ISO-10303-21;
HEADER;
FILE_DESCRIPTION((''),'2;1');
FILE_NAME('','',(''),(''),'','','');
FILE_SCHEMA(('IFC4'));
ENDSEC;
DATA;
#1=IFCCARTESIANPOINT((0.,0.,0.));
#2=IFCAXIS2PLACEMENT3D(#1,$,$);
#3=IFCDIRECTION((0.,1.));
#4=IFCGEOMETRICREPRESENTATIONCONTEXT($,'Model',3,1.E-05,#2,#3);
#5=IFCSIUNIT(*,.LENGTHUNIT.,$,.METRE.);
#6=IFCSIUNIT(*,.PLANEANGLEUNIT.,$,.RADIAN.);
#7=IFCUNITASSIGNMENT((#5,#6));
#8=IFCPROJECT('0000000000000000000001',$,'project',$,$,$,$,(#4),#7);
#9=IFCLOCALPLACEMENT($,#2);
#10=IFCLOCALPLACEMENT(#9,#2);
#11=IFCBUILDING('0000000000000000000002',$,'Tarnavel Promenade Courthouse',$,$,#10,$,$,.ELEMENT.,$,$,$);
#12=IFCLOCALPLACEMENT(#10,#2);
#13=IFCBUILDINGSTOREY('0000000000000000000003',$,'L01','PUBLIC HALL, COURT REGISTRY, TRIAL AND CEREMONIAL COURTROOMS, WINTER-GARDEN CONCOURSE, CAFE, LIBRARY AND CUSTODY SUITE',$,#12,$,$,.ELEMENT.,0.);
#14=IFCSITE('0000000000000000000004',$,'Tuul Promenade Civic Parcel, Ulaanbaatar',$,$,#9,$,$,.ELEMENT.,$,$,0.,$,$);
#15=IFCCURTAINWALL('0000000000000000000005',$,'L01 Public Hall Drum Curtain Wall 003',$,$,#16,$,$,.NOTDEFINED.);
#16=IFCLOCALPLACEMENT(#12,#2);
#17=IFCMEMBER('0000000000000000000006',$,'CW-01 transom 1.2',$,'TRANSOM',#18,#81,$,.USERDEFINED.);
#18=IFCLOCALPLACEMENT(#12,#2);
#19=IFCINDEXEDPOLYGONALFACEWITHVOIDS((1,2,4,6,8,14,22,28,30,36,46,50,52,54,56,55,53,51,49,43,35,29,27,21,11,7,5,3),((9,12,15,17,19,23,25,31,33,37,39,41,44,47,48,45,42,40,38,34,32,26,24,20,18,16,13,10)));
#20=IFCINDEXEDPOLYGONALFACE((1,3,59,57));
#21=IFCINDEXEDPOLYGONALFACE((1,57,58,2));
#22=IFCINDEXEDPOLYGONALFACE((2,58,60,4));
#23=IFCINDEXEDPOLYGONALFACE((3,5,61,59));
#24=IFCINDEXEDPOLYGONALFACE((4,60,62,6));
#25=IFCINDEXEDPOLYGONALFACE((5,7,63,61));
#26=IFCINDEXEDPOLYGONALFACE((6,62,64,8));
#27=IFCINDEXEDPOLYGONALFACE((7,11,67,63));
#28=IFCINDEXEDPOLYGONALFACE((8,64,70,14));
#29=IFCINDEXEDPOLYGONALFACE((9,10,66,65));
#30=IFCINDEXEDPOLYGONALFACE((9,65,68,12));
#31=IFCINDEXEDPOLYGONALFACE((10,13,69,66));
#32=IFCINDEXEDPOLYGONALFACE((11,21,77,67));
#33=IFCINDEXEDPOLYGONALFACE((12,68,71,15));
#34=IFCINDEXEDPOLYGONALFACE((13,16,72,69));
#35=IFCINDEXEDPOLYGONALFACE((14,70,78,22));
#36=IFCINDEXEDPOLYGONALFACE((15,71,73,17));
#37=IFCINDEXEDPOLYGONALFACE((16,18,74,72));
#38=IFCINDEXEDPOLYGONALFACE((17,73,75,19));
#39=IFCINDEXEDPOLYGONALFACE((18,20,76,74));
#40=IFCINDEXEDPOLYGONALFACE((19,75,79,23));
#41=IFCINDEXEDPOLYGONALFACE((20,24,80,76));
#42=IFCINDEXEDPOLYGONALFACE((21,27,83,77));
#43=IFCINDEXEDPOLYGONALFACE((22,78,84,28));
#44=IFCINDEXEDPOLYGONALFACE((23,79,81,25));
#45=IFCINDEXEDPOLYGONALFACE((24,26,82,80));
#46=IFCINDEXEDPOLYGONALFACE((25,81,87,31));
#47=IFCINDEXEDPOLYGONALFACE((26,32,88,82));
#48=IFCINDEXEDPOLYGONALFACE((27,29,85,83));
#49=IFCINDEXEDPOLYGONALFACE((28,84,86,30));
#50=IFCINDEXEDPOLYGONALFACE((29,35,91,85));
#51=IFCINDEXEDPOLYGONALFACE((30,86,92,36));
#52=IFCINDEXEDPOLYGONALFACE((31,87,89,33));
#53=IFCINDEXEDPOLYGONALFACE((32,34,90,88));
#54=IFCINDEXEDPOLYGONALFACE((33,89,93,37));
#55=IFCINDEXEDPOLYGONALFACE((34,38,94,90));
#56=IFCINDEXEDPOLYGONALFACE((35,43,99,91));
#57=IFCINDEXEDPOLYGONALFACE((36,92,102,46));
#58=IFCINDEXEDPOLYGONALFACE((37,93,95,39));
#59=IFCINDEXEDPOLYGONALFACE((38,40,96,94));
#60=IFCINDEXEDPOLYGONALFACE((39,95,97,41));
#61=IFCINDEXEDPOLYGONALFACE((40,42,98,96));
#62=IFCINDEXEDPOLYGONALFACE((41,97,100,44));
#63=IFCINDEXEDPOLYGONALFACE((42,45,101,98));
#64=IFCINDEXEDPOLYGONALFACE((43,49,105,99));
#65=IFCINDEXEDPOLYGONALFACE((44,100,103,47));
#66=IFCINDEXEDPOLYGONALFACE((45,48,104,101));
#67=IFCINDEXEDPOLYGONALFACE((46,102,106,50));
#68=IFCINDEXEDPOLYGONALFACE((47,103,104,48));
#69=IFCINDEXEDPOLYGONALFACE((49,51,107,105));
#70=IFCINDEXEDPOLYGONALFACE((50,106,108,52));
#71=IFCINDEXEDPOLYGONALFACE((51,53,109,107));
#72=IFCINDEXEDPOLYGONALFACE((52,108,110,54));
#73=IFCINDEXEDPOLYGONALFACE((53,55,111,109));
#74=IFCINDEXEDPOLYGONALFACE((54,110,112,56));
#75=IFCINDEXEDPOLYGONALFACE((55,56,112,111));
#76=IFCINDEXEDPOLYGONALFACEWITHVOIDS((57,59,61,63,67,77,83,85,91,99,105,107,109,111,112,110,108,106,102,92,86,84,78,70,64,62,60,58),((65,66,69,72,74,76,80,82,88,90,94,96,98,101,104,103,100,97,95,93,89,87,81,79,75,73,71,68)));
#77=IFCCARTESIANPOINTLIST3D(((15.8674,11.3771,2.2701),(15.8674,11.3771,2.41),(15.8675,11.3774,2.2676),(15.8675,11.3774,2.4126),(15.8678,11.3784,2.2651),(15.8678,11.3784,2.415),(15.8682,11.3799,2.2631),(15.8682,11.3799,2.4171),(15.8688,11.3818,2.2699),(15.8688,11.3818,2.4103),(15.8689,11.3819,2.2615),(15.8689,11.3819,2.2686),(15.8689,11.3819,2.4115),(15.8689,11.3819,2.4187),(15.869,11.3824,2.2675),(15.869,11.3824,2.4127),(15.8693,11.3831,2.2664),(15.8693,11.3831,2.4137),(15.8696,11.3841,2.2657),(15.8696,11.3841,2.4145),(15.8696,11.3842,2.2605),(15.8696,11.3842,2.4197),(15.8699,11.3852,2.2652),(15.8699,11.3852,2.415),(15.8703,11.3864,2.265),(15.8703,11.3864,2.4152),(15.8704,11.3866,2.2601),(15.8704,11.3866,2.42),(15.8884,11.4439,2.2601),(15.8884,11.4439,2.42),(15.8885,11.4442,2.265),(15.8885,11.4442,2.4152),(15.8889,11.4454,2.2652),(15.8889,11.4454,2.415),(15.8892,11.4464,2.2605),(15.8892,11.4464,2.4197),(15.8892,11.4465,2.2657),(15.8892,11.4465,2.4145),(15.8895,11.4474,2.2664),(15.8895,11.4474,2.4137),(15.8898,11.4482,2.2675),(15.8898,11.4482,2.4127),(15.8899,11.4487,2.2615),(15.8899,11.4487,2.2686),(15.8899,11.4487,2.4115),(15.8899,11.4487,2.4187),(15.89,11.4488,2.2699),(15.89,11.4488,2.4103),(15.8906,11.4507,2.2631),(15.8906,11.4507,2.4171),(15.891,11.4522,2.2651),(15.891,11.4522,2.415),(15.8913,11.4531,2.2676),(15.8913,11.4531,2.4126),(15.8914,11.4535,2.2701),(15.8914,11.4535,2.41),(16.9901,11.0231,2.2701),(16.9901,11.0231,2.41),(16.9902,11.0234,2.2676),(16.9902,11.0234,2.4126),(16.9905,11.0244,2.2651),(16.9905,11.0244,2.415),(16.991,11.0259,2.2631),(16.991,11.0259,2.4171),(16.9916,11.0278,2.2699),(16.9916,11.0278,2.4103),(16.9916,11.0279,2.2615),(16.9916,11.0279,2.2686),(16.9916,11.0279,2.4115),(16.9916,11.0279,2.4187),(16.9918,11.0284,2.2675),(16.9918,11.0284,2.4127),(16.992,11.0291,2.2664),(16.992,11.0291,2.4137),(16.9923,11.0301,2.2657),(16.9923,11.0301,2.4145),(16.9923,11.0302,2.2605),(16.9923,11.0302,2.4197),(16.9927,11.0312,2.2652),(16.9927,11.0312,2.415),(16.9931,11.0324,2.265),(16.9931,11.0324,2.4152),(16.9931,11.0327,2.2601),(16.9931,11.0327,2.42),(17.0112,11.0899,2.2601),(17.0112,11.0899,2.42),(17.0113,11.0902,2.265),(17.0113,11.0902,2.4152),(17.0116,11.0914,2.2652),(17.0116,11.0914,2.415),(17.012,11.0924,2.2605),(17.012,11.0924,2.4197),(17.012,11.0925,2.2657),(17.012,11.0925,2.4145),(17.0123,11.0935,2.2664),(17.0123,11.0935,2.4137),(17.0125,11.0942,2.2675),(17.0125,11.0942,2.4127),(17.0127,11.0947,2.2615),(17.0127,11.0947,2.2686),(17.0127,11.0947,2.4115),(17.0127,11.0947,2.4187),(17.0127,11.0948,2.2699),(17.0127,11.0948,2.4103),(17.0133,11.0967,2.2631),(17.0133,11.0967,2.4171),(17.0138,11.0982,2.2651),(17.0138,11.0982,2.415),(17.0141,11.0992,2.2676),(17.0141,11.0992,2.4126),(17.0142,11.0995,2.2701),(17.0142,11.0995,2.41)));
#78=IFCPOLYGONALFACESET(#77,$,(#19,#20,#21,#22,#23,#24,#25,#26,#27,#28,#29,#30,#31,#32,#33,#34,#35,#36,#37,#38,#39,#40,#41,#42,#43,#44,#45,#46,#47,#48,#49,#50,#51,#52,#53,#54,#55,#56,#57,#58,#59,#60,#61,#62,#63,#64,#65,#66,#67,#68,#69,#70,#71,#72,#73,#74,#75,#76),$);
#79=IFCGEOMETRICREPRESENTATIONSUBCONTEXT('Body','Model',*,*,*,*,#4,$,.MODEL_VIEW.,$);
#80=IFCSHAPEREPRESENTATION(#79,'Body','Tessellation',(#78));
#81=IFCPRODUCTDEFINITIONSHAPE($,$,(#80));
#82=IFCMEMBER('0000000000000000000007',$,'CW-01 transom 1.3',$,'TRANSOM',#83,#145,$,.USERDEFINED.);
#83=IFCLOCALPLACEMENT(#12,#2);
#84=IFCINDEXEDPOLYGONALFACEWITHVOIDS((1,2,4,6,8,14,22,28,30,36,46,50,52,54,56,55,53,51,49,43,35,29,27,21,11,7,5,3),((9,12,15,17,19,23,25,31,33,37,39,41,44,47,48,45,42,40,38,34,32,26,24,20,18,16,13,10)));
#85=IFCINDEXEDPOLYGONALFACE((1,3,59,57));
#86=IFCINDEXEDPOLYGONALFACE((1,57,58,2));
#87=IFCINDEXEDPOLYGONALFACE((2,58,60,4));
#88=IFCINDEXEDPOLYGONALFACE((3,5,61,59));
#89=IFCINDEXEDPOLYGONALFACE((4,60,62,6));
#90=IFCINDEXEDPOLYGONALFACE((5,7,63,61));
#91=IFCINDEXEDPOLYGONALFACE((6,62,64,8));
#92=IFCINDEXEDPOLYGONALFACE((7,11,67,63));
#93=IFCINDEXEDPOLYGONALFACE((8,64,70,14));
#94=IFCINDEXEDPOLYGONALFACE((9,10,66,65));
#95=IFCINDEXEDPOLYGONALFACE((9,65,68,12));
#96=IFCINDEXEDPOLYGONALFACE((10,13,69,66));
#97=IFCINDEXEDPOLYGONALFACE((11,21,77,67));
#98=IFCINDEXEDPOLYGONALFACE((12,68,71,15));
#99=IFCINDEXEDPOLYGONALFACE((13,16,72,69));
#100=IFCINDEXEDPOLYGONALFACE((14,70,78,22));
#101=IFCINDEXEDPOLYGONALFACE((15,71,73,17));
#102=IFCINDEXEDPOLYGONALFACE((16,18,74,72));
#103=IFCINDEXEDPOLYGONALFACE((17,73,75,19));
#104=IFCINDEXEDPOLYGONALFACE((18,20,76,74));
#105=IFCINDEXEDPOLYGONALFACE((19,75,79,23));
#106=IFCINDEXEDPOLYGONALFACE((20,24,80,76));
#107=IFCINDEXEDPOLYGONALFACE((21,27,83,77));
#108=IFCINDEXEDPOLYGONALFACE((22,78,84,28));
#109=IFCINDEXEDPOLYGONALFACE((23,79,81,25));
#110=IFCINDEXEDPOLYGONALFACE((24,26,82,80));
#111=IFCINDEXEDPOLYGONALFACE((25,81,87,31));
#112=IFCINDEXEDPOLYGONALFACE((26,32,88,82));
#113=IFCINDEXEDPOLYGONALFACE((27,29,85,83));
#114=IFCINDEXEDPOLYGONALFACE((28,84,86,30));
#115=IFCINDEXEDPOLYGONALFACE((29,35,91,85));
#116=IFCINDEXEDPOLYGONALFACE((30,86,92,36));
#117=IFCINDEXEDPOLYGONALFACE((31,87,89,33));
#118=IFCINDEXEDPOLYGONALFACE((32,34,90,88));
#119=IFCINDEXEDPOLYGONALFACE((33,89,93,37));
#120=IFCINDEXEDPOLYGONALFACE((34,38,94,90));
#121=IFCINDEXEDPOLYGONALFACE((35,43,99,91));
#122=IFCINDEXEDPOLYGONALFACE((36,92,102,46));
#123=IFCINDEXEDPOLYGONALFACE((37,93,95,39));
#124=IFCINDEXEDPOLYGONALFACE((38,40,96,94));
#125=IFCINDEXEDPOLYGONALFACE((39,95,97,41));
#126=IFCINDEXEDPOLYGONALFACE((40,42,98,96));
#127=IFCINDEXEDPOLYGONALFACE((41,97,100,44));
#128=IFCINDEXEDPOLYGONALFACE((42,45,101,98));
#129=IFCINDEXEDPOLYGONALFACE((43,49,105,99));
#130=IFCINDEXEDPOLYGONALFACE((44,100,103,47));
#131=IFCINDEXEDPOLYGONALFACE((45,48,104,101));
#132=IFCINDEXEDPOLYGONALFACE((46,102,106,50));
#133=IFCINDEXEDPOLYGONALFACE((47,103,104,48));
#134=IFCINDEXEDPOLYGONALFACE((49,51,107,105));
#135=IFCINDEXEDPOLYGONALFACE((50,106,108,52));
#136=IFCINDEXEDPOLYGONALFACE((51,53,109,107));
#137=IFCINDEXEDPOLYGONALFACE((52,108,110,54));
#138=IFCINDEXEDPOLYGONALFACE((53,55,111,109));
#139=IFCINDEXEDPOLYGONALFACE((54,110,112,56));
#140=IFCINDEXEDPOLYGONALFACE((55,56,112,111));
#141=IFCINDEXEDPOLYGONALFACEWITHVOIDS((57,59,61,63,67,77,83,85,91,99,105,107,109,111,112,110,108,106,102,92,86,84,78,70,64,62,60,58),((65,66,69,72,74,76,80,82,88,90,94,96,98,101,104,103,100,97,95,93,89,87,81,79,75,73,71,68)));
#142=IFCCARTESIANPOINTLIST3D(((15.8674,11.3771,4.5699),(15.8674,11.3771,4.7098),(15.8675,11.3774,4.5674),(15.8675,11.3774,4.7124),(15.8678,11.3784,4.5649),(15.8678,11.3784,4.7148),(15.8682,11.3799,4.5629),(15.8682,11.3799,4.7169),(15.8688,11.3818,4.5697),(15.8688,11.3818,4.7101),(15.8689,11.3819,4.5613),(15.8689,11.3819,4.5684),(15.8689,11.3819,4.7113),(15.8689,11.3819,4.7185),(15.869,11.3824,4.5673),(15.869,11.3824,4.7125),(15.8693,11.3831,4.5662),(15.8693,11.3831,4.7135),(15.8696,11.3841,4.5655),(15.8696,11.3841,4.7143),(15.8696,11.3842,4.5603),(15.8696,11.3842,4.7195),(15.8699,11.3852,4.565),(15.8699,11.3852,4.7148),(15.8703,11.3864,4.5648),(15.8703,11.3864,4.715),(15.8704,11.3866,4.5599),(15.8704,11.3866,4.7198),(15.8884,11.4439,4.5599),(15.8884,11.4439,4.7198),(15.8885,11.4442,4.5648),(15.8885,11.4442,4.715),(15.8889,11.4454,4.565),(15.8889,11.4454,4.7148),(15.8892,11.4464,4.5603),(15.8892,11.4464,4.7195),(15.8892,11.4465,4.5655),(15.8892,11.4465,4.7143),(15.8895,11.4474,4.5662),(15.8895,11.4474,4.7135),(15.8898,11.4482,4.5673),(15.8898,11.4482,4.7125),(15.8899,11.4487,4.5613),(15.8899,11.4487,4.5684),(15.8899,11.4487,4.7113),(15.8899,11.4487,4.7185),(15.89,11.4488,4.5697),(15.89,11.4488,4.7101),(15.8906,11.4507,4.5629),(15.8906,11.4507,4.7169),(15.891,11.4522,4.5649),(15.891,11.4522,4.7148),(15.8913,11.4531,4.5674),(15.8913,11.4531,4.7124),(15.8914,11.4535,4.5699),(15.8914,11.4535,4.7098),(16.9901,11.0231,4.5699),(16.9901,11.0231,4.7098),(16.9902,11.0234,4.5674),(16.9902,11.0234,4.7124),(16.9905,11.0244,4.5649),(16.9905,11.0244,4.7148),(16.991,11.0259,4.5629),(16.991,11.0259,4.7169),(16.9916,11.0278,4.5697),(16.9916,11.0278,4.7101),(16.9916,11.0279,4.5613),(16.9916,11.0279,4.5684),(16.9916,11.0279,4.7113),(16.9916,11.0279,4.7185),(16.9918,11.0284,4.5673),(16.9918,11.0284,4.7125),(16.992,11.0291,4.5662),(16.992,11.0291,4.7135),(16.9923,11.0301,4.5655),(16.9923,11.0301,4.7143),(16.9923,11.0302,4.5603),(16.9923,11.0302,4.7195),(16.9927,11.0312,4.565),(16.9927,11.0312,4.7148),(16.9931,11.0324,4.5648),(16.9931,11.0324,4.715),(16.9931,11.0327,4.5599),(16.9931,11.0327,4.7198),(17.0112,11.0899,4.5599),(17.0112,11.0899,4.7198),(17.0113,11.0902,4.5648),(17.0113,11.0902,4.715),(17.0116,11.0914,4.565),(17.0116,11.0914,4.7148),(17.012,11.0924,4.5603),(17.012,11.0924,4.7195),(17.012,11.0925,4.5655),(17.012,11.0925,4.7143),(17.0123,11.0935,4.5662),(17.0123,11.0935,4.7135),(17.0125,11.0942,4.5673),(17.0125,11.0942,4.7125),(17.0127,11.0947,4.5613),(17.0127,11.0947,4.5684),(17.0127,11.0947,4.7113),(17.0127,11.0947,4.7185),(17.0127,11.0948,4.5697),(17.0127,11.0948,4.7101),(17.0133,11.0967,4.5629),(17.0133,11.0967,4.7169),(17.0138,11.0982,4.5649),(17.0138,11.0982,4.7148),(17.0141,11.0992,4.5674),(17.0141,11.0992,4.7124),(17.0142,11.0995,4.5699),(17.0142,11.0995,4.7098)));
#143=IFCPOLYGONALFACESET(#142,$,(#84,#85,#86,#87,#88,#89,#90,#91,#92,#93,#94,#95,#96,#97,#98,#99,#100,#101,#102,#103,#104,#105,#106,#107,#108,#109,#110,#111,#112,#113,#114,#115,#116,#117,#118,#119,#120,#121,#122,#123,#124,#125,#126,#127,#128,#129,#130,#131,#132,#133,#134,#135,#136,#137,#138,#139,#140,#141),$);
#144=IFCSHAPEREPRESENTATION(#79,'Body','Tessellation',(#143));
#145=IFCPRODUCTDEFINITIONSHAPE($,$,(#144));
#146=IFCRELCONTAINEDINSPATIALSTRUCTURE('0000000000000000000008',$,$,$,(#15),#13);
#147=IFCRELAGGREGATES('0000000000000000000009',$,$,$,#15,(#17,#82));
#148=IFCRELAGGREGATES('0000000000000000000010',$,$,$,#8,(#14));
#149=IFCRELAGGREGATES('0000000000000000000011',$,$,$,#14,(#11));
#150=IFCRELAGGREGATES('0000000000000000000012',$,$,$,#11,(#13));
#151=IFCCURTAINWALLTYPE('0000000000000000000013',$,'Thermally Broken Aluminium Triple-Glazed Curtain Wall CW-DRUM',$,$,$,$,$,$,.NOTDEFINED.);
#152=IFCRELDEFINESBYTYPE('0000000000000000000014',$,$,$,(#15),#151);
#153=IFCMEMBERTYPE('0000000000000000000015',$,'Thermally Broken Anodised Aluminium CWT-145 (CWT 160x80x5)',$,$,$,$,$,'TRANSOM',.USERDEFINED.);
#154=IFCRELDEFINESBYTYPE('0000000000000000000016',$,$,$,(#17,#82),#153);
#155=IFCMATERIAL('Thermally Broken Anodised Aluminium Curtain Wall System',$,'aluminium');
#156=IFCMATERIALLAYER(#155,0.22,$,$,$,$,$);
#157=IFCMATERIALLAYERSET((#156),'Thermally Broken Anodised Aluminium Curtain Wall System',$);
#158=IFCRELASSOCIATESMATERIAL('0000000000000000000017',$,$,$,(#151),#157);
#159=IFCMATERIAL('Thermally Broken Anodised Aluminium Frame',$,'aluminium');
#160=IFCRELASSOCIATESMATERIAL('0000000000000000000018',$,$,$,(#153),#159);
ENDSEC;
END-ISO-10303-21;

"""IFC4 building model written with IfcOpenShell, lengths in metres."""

from ifc_helpers import new_model, si_unit, direction, frame, origin, origin_2d, place, context, subcontext, project, spatial, hollow_rectangle, extrude, material, layer, layer_set, material_profile, profile_set, type_object, element, aggregate, save


model = new_model("IFC4")

# Units and contexts
model_context = context("Model", 3, precision=1e-05, world=origin(), true_north=direction((0.0, 1.0)))
body_context = subcontext(model_context, "Body", "Model", "MODEL_VIEW")
ifc_project = project(units=[si_unit("LENGTHUNIT", "METRE"), si_unit("PLANEANGLEUNIT", "RADIAN")], contexts=[model_context])

# Site, building, storey
site_placement = place(None, origin())
site = spatial("IfcSite", under=ifc_project, at=site_placement, Name="Tuul Promenade Civic Parcel, Ulaanbaatar", CompositionType="ELEMENT", RefElevation=0.0)
building_placement = place(site_placement, origin())
building = spatial("IfcBuilding", under=site, at=building_placement, Name="Tarnavel Promenade Courthouse", CompositionType="ELEMENT")
storey_placement = place(building_placement, origin())
storey = spatial("IfcBuildingStorey", under=building, at=storey_placement, Name="L01", Description="PUBLIC HALL, COURT REGISTRY, TRIAL AND CEREMONIAL COURTROOMS, WINTER-GARDEN CONCOURSE, CAFE, LIBRARY AND CUSTODY SUITE", CompositionType="ELEMENT", Elevation=0.0)

# Curtain wall
ifc_material_1 = material(Name="Thermally Broken Anodised Aluminium Curtain Wall System", Category="aluminium")
ifc_layer_1 = layer(ifc_material_1, 0.22)
ifc_layer_set_1 = layer_set([ifc_layer_1], Name="Thermally Broken Anodised Aluminium Curtain Wall System")
curtain_wall_type = type_object("IfcCurtainWallType", Name="Thermally Broken Aluminium Triple-Glazed Curtain Wall CW-DRUM", PredefinedType="NOTDEFINED", material=ifc_layer_set_1)
ifc_material_2 = material(Name="Thermally Broken Anodised Aluminium Frame", Category="aluminium")
curtain_wall_1_placement = place(storey_placement, origin())
curtain_wall_1 = element("IfcCurtainWall", 1, at=curtain_wall_1_placement, inside=storey, type_object=curtain_wall_type, Name="L01 Public Hall Drum Curtain Wall 003", PredefinedType="NOTDEFINED")

# Members
ifc_material_profile_1 = material_profile(ifc_material_2, hollow_rectangle(XDim=0.0801, YDim=0.1599, WallThickness=0.0049, InnerFilletRadius=0.0049, OuterFilletRadius=0.01, at=origin_2d()), Name="CWT 160x80x5")
ifc_profile_set_1 = profile_set([ifc_material_profile_1], Name="Thermally Broken Anodised Aluminium Frame")
member_type_1 = type_object("IfcMemberType", Name="Thermally Broken Anodised Aluminium CWT-145 (CWT 160x80x5)", ElementType="TRANSOM", PredefinedType="USERDEFINED", material=ifc_profile_set_1)
member_1_placement = place(storey_placement, frame((15.8794, 11.4153, 2.3401), z_axis=(0.95372, -0.300695, 0.0), x_axis=(0.300695, 0.95372, 0.0)))
member_1 = element("IfcMember", 2, at=member_1_placement, type_object=member_type_1, Name="CW-01 transom 1.2", ObjectType="TRANSOM", PredefinedType="USERDEFINED", context=body_context, shape_type="SweptSolid", body=[
    extrude(hollow_rectangle(XDim=0.0801, YDim=0.1599, WallThickness=0.0049, InnerFilletRadius=0.0049, OuterFilletRadius=0.01, at=origin_2d()), origin(), (0.0, 0.0, 1.0), 1.1772),
])
member_2_placement = place(storey_placement, frame((15.8794, 11.4153, 4.6399), z_axis=(0.95372, -0.300695, 0.0), x_axis=(0.300695, 0.95372, 0.0)))
member_2 = element("IfcMember", 3, at=member_2_placement, type_object=member_type_1, Name="CW-01 transom 1.3", ObjectType="TRANSOM", PredefinedType="USERDEFINED", context=body_context, shape_type="SweptSolid", body=[
    extrude(hollow_rectangle(XDim=0.0801, YDim=0.1599, WallThickness=0.0049, InnerFilletRadius=0.0049, OuterFilletRadius=0.01, at=origin_2d()), origin(), (0.0, 0.0, 1.0), 1.1772),
])

aggregate(curtain_wall_1, [member_1, member_2])

save(model, "model.ifc")
